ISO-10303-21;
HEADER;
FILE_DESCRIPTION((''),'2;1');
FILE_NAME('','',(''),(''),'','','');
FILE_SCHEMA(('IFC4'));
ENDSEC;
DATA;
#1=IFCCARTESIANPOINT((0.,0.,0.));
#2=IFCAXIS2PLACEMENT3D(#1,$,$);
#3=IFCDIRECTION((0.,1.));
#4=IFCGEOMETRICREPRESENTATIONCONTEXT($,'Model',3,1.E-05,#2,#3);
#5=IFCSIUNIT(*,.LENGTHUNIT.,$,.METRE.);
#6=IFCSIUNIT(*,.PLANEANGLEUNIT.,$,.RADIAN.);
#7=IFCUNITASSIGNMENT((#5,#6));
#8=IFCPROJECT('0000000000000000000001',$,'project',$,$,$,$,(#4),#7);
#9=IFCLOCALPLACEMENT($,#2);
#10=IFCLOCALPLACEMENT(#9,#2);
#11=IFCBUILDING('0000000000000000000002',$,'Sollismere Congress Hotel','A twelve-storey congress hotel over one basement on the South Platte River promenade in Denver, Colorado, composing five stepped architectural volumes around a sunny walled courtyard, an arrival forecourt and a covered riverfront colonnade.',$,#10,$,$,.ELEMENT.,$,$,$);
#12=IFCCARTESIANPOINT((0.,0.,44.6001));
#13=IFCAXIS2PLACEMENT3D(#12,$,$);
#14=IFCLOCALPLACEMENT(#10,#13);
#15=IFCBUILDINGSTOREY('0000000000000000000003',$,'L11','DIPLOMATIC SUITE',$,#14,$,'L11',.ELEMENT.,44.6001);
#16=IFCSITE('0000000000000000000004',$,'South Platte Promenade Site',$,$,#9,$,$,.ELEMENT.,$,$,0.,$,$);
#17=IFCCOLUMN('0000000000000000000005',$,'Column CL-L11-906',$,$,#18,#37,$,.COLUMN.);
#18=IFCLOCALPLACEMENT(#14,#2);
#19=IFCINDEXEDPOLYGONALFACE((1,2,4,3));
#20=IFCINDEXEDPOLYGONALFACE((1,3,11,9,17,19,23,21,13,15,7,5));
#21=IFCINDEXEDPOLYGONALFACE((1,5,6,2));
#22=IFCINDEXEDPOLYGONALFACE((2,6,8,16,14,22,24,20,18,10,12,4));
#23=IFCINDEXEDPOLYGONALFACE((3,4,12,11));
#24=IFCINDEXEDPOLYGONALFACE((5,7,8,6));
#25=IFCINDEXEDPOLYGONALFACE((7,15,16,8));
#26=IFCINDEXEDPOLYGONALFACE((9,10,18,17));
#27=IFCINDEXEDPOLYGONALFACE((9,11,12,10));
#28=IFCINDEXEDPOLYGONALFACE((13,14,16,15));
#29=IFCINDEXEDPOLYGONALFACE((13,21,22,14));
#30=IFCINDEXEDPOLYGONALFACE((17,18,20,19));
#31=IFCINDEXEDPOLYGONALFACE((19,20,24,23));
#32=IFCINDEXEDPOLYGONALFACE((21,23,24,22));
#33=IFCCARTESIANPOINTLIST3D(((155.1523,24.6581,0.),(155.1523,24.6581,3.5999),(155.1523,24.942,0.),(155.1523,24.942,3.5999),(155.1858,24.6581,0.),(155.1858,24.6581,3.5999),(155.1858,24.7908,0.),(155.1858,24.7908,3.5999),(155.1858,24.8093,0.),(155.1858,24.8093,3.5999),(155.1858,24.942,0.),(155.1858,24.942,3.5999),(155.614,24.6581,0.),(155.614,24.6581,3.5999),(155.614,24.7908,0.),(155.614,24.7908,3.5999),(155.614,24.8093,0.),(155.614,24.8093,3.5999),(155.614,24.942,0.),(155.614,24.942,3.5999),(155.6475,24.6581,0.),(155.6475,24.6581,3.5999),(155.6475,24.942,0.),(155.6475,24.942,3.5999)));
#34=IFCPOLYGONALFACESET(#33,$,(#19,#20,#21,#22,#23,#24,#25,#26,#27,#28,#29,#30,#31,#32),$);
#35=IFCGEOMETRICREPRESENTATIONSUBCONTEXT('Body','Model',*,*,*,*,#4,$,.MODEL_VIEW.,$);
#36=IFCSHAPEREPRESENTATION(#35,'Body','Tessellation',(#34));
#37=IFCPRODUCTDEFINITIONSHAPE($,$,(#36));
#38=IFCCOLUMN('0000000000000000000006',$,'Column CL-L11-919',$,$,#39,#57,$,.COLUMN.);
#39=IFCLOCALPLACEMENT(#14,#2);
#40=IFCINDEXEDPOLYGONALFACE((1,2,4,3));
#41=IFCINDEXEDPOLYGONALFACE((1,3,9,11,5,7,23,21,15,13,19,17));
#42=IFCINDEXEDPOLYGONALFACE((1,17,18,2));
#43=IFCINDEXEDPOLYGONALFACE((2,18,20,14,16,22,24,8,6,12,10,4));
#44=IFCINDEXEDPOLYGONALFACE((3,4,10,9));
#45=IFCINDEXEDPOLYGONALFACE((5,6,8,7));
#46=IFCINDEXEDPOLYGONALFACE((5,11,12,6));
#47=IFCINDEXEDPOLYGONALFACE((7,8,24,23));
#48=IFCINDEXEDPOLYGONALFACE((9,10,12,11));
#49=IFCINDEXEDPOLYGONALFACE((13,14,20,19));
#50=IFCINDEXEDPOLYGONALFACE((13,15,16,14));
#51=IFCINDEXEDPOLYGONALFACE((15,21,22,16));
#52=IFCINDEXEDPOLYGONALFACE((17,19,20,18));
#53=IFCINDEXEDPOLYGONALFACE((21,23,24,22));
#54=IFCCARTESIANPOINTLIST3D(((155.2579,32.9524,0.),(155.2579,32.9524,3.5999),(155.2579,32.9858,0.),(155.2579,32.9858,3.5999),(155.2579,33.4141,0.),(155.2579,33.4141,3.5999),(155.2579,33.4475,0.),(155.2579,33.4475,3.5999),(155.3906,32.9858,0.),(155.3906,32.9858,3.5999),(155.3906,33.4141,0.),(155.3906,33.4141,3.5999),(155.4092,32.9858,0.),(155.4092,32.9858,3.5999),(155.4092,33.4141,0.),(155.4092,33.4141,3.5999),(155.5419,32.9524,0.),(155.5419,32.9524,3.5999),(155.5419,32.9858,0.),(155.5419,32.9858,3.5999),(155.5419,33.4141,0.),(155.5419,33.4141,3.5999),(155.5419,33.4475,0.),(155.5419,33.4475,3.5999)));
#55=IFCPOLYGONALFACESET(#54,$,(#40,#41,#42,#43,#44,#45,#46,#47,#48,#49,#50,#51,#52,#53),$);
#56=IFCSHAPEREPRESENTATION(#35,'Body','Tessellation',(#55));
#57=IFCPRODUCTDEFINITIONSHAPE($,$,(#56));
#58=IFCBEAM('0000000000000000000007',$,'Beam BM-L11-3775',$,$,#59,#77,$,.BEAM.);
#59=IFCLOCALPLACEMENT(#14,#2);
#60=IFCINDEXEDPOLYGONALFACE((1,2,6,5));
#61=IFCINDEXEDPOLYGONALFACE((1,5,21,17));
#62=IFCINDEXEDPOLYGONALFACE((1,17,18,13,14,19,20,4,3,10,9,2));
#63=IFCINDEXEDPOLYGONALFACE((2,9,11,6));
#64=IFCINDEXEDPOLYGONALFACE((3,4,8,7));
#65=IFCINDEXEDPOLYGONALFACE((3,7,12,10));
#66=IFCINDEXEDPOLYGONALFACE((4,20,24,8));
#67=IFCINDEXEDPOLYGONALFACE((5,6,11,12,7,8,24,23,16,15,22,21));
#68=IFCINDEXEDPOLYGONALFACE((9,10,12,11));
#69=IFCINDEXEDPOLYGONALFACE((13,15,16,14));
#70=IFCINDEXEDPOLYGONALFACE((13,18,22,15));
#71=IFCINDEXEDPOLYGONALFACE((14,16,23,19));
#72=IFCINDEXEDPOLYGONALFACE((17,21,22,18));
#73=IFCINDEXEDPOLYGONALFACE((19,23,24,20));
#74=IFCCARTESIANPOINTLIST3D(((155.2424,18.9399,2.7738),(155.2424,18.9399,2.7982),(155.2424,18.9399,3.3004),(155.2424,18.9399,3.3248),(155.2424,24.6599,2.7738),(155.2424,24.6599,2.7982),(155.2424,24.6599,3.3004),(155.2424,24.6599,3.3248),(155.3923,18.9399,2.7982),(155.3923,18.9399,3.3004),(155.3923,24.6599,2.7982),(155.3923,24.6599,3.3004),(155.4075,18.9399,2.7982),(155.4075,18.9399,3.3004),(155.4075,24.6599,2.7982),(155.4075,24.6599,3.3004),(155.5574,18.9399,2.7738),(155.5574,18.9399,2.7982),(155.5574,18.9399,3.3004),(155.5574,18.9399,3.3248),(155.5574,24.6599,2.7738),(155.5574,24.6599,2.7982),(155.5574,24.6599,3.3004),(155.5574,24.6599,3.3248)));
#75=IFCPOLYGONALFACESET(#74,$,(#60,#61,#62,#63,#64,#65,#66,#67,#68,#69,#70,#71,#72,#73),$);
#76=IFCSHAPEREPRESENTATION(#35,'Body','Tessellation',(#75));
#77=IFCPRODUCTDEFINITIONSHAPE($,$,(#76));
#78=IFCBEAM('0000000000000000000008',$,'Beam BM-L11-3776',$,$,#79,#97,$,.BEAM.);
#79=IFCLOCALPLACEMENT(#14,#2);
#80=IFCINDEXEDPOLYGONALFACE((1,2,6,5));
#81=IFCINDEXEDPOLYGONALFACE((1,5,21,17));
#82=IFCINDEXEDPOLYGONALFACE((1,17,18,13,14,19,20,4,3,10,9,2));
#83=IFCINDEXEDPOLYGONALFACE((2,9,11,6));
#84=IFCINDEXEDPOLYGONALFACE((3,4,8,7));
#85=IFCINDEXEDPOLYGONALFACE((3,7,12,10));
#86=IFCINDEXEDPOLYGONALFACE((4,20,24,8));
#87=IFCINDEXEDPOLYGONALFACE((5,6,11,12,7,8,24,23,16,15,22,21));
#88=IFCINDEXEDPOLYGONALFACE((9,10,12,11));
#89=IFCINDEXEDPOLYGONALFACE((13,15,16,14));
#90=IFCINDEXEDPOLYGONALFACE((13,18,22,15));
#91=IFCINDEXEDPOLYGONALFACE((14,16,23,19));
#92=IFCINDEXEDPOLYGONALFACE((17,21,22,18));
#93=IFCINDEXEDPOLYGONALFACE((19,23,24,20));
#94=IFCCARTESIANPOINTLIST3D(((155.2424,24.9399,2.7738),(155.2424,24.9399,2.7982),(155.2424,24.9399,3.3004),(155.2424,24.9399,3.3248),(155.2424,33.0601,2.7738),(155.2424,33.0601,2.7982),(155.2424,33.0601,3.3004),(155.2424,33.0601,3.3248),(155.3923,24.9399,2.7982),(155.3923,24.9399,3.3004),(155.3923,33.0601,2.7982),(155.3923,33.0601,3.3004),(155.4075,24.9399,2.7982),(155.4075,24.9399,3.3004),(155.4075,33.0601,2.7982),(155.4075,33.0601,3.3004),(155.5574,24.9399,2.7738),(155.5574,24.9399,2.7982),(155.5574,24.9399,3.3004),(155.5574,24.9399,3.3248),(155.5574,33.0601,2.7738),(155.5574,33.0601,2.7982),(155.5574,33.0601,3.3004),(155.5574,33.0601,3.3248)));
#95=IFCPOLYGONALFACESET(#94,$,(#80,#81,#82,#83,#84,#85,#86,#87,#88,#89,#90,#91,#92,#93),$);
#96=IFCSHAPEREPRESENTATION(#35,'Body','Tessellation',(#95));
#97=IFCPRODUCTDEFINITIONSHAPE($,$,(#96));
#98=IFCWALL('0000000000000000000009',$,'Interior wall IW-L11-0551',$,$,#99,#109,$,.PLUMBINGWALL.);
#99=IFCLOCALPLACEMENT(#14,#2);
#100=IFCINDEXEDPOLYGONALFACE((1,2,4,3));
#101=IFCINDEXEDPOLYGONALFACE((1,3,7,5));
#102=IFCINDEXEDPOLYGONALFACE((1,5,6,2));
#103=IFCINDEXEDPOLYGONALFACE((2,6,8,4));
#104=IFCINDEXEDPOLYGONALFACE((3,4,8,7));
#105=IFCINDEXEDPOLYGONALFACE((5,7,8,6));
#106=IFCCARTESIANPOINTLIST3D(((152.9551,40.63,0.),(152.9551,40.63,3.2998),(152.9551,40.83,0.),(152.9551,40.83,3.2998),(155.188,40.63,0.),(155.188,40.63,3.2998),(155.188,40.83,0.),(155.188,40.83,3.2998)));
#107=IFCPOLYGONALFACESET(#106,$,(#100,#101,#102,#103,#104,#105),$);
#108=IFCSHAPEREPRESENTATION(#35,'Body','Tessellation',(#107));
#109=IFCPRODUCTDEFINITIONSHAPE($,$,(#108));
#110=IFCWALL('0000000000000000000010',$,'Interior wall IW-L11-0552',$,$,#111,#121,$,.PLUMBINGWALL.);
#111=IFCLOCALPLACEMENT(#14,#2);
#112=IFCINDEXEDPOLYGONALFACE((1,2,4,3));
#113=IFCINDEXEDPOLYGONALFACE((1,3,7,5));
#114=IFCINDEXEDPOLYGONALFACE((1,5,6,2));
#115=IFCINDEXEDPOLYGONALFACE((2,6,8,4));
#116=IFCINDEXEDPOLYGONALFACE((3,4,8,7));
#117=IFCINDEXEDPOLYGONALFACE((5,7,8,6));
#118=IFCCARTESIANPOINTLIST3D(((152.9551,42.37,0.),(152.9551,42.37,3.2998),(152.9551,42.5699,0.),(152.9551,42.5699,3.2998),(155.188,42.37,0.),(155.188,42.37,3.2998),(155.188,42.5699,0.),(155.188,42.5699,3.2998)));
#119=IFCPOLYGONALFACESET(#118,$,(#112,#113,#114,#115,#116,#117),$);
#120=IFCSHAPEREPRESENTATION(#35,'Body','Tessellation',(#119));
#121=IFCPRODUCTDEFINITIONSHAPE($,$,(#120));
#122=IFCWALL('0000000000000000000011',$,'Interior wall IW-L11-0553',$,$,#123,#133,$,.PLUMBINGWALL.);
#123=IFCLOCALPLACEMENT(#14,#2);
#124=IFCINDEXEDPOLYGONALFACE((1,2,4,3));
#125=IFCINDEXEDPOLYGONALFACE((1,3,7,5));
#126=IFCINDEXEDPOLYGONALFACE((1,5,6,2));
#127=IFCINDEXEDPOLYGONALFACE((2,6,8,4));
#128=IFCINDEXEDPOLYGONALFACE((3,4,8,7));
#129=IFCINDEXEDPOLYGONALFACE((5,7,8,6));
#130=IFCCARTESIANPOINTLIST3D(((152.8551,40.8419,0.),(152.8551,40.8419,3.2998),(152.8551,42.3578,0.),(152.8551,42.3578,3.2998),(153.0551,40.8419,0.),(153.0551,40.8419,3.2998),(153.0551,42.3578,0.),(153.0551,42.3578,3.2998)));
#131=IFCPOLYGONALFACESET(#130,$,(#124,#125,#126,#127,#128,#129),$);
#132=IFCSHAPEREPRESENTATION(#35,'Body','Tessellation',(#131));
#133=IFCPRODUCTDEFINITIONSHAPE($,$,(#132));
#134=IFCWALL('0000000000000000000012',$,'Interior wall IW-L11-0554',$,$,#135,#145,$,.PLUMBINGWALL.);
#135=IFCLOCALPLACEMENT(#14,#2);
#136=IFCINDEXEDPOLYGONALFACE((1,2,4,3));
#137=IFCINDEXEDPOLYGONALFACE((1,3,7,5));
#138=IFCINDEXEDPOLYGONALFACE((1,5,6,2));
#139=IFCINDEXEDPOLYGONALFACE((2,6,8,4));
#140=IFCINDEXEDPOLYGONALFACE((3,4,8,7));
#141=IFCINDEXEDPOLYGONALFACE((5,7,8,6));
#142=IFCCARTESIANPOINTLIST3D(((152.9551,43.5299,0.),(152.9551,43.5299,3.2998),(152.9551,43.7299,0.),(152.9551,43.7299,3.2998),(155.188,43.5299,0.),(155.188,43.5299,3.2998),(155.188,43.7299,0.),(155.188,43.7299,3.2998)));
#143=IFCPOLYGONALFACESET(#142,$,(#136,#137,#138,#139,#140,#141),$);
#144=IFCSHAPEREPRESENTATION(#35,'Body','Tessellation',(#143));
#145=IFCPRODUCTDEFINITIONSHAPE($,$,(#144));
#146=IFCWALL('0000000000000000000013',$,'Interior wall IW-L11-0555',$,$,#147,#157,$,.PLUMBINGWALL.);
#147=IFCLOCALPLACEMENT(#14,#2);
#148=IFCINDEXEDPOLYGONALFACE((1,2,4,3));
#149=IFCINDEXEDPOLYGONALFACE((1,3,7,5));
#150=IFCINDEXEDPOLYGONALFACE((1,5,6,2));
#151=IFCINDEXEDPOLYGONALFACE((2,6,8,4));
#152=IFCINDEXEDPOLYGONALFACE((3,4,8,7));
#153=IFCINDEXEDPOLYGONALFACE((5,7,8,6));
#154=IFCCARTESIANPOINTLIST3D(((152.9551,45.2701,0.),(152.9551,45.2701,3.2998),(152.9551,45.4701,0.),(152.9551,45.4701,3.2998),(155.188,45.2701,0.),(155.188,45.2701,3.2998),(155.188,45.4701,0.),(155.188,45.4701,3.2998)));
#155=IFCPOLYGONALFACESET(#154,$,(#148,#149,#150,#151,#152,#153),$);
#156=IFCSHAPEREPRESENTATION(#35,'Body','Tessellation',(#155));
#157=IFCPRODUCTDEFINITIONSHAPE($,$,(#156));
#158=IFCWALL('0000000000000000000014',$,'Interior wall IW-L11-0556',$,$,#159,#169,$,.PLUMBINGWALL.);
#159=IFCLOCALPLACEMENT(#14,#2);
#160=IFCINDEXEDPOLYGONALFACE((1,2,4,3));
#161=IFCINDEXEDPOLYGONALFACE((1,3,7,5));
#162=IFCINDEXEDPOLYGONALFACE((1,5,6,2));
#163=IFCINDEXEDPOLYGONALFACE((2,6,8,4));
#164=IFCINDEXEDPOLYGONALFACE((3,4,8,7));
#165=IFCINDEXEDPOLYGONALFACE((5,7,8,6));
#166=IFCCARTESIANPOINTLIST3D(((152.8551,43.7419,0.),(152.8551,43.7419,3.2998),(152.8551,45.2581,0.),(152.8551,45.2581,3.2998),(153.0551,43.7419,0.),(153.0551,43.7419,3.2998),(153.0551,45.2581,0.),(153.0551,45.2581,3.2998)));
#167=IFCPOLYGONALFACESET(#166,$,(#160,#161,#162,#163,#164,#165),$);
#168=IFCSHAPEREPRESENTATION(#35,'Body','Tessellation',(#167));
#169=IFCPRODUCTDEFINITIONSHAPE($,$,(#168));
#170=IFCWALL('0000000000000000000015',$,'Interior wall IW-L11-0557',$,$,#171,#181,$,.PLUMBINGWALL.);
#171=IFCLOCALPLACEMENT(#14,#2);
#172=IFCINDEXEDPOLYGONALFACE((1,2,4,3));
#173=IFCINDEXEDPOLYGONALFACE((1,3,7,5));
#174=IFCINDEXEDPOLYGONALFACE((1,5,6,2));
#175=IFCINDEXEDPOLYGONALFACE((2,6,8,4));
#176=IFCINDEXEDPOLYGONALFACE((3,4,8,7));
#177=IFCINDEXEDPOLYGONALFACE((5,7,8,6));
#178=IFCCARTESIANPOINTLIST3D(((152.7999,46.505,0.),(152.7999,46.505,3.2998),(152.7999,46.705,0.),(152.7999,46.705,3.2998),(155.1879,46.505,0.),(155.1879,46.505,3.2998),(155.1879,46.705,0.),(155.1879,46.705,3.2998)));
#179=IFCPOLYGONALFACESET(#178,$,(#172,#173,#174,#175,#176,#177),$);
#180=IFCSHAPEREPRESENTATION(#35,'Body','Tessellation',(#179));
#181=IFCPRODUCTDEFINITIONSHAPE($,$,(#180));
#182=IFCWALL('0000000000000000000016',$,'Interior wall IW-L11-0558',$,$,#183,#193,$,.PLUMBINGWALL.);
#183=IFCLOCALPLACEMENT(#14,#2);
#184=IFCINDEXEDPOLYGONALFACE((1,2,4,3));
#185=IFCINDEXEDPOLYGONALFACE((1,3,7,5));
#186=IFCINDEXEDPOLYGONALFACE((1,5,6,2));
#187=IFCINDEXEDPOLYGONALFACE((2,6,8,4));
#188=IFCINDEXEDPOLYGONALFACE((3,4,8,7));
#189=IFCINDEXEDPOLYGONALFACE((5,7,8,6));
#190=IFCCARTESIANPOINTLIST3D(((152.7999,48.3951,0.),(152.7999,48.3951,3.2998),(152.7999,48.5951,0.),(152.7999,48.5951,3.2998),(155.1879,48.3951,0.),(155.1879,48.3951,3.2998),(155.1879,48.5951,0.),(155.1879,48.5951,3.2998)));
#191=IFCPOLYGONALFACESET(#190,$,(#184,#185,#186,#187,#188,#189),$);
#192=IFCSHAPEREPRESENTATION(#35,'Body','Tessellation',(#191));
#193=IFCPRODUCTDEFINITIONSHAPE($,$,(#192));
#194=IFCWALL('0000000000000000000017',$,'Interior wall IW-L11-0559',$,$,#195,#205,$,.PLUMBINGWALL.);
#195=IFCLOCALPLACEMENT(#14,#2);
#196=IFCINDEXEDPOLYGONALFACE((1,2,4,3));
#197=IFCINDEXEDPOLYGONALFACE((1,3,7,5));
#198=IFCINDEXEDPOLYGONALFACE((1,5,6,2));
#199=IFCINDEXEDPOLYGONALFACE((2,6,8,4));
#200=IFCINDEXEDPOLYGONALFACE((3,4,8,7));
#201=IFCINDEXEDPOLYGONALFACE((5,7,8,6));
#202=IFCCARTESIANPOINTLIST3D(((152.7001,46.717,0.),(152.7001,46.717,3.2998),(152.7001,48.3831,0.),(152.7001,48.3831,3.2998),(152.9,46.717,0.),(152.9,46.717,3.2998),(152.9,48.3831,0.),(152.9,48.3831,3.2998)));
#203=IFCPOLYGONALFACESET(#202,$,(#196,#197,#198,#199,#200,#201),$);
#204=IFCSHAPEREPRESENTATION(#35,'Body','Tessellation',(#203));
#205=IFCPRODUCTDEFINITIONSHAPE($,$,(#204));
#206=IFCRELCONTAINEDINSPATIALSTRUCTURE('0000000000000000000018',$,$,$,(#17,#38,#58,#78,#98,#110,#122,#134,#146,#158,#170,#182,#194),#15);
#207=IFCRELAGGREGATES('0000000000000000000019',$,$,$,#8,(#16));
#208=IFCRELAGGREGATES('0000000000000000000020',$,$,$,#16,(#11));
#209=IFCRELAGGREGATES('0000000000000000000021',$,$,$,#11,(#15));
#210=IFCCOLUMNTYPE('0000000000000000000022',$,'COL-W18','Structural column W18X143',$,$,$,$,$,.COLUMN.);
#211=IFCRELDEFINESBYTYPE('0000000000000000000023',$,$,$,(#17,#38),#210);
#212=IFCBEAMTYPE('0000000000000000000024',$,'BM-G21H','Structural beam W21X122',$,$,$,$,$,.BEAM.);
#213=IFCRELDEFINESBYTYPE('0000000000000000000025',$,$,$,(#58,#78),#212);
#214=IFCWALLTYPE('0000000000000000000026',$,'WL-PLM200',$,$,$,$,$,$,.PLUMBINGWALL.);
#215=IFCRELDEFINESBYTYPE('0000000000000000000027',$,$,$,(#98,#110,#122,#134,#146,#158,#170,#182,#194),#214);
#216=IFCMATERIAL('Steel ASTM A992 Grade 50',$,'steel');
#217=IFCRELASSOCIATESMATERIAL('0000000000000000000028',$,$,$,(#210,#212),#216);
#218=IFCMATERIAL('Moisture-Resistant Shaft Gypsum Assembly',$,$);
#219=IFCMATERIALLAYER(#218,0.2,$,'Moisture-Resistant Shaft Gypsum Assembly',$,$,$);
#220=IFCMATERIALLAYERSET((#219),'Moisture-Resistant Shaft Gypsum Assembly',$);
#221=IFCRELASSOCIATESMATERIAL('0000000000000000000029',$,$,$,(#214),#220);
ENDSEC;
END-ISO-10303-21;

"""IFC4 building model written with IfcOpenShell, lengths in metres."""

from ifc_helpers import new_model, si_unit, direction, frame, frame_2d, origin, origin_2d, place, context, subcontext, project, spatial, rectangle, i_section, extrude, material, layer, layer_set, material_profile, profile_set, type_object, element, save


model = new_model("IFC4")

# Units and contexts
model_context = context("Model", 3, precision=1e-05, world=origin(), true_north=direction((0.0, 1.0)))
body_context = subcontext(model_context, "Body", "Model", "MODEL_VIEW")
ifc_project = project(units=[si_unit("LENGTHUNIT", "METRE"), si_unit("PLANEANGLEUNIT", "RADIAN")], contexts=[model_context])

# Site, building, storey
site_placement = place(None, origin())
site = spatial("IfcSite", under=ifc_project, at=site_placement, Name="South Platte Promenade Site", CompositionType="ELEMENT", RefElevation=0.0)
building_placement = place(site_placement, origin())
building = spatial("IfcBuilding", under=site, at=building_placement, Name="Sollismere Congress Hotel", Description="A twelve-storey congress hotel over one basement on the South Platte River promenade in Denver, Colorado, composing five stepped architectural volumes around a sunny walled courtyard, an arrival forecourt and a covered riverfront colonnade.", CompositionType="ELEMENT")
storey_placement = place(building_placement, frame((0.0, 0.0, 44.6001)))
storey = spatial("IfcBuildingStorey", under=building, at=storey_placement, Name="L11", Description="DIPLOMATIC SUITE", LongName="L11", CompositionType="ELEMENT", Elevation=44.6001)

# Columns
ifc_material_1 = material(Name="Steel ASTM A992 Grade 50", Category="steel")
ifc_material_profile_1 = material_profile(ifc_material_1, i_section(OverallWidth=0.2839, OverallDepth=0.4951, WebThickness=0.0186, FlangeThickness=0.0334, at=origin_2d()), Name="W18X143")
ifc_profile_set_1 = profile_set([ifc_material_profile_1], Name="Steel ASTM A992 Grade 50")
column_type = type_object("IfcColumnType", Name="COL-W18", Description="Structural column W18X143", PredefinedType="COLUMN", material=ifc_profile_set_1)
for number, where, z_axis, x_axis, name in (
    (1, (155.3999, 24.8, 0.0), (0.0, 0.0, 1.0), (0.0, 1.0, 0.0), "Column CL-L11-906"),
    (2, (155.3999, 33.2, 0.0), (0.0, 0.0, 1.0), (1.0, 0.0, 0.0), "Column CL-L11-919"),
):
    element("IfcColumn", number, at=place(storey_placement, frame(where, z_axis=z_axis, x_axis=x_axis)), inside=storey, type_object=column_type, Name=name, PredefinedType="COLUMN", context=body_context, shape_type="SweptSolid", body=[
        extrude(i_section(OverallWidth=0.2839, OverallDepth=0.4951, WebThickness=0.0186, FlangeThickness=0.0334, at=origin_2d()), origin(), (0.0, 0.0, 1.0), 3.5999),
    ])

# Beams
ifc_material_profile_2 = material_profile(ifc_material_1, i_section(OverallWidth=0.3149, OverallDepth=0.551, WebThickness=0.0151, FlangeThickness=0.0244, at=origin_2d()), Name="W21X122")
ifc_profile_set_2 = profile_set([ifc_material_profile_2], Name="Steel ASTM A992 Grade 50")
beam_type = type_object("IfcBeamType", Name="BM-G21H", Description="Structural beam W21X122", PredefinedType="BEAM", material=ifc_profile_set_2)
beam_1_placement = place(storey_placement, frame((155.3999, 18.9399, 3.0493), z_axis=(0.0, 1.0, 0.0), x_axis=(-1.0, 0.0, 0.0)))
element("IfcBeam", 3, at=beam_1_placement, inside=storey, type_object=beam_type, Name="Beam BM-L11-3775", PredefinedType="BEAM", context=body_context, shape_type="SweptSolid", body=[
    extrude(i_section(OverallWidth=0.3149, OverallDepth=0.551, WebThickness=0.0151, FlangeThickness=0.0244, at=origin_2d()), origin(), (0.0, 0.0, 1.0), 5.72),
])
beam_2_placement = place(storey_placement, frame((155.3999, 24.9399, 3.0493), z_axis=(0.0, 1.0, 0.0), x_axis=(-1.0, 0.0, 0.0)))
element("IfcBeam", 4, at=beam_2_placement, inside=storey, type_object=beam_type, Name="Beam BM-L11-3776", PredefinedType="BEAM", context=body_context, shape_type="SweptSolid", body=[
    extrude(i_section(OverallWidth=0.3149, OverallDepth=0.551, WebThickness=0.0151, FlangeThickness=0.0244, at=origin_2d()), origin(), (0.0, 0.0, 1.0), 8.1201),
])

# Walls
ifc_material_2 = material(Name="Moisture-Resistant Shaft Gypsum Assembly")
ifc_layer_1 = layer(ifc_material_2, 0.2, Name="Moisture-Resistant Shaft Gypsum Assembly")
ifc_layer_set_1 = layer_set([ifc_layer_1], Name="Moisture-Resistant Shaft Gypsum Assembly")
wall_type_1 = type_object("IfcWallType", Name="WL-PLM200", PredefinedType="PLUMBINGWALL", material=ifc_layer_set_1)
for number, where, z_axis, x_axis, name in (
    (5, (152.9551, 40.73, 0.0), (0.0, 0.0, 1.0), (1.0, 0.0, 0.0), "Interior wall IW-L11-0551"),
    (6, (152.9551, 42.47, 0.0), (0.0, 0.0, 1.0), (1.0, 0.0, 0.0), "Interior wall IW-L11-0552"),
):
    element("IfcWall", number, at=place(storey_placement, frame(where, z_axis=z_axis, x_axis=x_axis)), inside=storey, type_object=wall_type_1, Name=name, PredefinedType="PLUMBINGWALL", context=body_context, shape_type="SweptSolid", body=[
        extrude(rectangle(XDim=2.2329, YDim=0.2, at=frame_2d((1.1165, 0.0))), origin(), (0.0, 0.0, 1.0), 3.2998),
    ])
wall_1_placement = place(storey_placement, frame((152.9551, 40.842, 0.0), z_axis=(0.0, 0.0, 1.0), x_axis=(0.0, 1.0, 0.0)))
element("IfcWall", 7, at=wall_1_placement, inside=storey, type_object=wall_type_1, Name="Interior wall IW-L11-0553", PredefinedType="PLUMBINGWALL", context=body_context, shape_type="SweptSolid", body=[
    extrude(rectangle(XDim=1.5159, YDim=0.2, at=frame_2d((0.7578, 0.0))), origin(), (0.0, 0.0, 1.0), 3.2998),
])
for number, where, z_axis, x_axis, name in (
    (8, (152.9551, 43.6299, 0.0), (0.0, 0.0, 1.0), (1.0, 0.0, 0.0), "Interior wall IW-L11-0554"),
    (9, (152.9551, 45.3701, 0.0), (0.0, 0.0, 1.0), (1.0, 0.0, 0.0), "Interior wall IW-L11-0555"),
):
    element("IfcWall", number, at=place(storey_placement, frame(where, z_axis=z_axis, x_axis=x_axis)), inside=storey, type_object=wall_type_1, Name=name, PredefinedType="PLUMBINGWALL", context=body_context, shape_type="SweptSolid", body=[
        extrude(rectangle(XDim=2.2329, YDim=0.2, at=frame_2d((1.1165, 0.0))), origin(), (0.0, 0.0, 1.0), 3.2998),
    ])
wall_2_placement = place(storey_placement, frame((152.9551, 43.7419, 0.0), z_axis=(0.0, 0.0, 1.0), x_axis=(0.0, 1.0, 0.0)))
element("IfcWall", 10, at=wall_2_placement, inside=storey, type_object=wall_type_1, Name="Interior wall IW-L11-0556", PredefinedType="PLUMBINGWALL", context=body_context, shape_type="SweptSolid", body=[
    extrude(rectangle(XDim=1.5161, YDim=0.2, at=frame_2d((0.7581, 0.0))), origin(), (0.0, 0.0, 1.0), 3.2998),
])
for number, where, z_axis, x_axis, name in (
    (11, (152.8, 46.605, 0.0), (0.0, 0.0, 1.0), (1.0, 0.0, 0.0), "Interior wall IW-L11-0557"),
    (12, (152.8, 48.4951, 0.0), (0.0, 0.0, 1.0), (1.0, 0.0, 0.0), "Interior wall IW-L11-0558"),
):
    element("IfcWall", number, at=place(storey_placement, frame(where, z_axis=z_axis, x_axis=x_axis)), inside=storey, type_object=wall_type_1, Name=name, PredefinedType="PLUMBINGWALL", context=body_context, shape_type="SweptSolid", body=[
        extrude(rectangle(XDim=2.3879, YDim=0.2, at=frame_2d((1.1938, 0.0))), origin(), (0.0, 0.0, 1.0), 3.2998),
    ])
wall_3_placement = place(storey_placement, frame((152.8, 46.717, 0.0), z_axis=(0.0, 0.0, 1.0), x_axis=(0.0, 1.0, 0.0)))
element("IfcWall", 13, at=wall_3_placement, inside=storey, type_object=wall_type_1, Name="Interior wall IW-L11-0559", PredefinedType="PLUMBINGWALL", context=body_context, shape_type="SweptSolid", body=[
    extrude(rectangle(XDim=1.666, YDim=0.2, at=frame_2d((0.833, 0.0))), origin(), (0.0, 0.0, 1.0), 3.2998),
])

save(model, "model.ifc")
